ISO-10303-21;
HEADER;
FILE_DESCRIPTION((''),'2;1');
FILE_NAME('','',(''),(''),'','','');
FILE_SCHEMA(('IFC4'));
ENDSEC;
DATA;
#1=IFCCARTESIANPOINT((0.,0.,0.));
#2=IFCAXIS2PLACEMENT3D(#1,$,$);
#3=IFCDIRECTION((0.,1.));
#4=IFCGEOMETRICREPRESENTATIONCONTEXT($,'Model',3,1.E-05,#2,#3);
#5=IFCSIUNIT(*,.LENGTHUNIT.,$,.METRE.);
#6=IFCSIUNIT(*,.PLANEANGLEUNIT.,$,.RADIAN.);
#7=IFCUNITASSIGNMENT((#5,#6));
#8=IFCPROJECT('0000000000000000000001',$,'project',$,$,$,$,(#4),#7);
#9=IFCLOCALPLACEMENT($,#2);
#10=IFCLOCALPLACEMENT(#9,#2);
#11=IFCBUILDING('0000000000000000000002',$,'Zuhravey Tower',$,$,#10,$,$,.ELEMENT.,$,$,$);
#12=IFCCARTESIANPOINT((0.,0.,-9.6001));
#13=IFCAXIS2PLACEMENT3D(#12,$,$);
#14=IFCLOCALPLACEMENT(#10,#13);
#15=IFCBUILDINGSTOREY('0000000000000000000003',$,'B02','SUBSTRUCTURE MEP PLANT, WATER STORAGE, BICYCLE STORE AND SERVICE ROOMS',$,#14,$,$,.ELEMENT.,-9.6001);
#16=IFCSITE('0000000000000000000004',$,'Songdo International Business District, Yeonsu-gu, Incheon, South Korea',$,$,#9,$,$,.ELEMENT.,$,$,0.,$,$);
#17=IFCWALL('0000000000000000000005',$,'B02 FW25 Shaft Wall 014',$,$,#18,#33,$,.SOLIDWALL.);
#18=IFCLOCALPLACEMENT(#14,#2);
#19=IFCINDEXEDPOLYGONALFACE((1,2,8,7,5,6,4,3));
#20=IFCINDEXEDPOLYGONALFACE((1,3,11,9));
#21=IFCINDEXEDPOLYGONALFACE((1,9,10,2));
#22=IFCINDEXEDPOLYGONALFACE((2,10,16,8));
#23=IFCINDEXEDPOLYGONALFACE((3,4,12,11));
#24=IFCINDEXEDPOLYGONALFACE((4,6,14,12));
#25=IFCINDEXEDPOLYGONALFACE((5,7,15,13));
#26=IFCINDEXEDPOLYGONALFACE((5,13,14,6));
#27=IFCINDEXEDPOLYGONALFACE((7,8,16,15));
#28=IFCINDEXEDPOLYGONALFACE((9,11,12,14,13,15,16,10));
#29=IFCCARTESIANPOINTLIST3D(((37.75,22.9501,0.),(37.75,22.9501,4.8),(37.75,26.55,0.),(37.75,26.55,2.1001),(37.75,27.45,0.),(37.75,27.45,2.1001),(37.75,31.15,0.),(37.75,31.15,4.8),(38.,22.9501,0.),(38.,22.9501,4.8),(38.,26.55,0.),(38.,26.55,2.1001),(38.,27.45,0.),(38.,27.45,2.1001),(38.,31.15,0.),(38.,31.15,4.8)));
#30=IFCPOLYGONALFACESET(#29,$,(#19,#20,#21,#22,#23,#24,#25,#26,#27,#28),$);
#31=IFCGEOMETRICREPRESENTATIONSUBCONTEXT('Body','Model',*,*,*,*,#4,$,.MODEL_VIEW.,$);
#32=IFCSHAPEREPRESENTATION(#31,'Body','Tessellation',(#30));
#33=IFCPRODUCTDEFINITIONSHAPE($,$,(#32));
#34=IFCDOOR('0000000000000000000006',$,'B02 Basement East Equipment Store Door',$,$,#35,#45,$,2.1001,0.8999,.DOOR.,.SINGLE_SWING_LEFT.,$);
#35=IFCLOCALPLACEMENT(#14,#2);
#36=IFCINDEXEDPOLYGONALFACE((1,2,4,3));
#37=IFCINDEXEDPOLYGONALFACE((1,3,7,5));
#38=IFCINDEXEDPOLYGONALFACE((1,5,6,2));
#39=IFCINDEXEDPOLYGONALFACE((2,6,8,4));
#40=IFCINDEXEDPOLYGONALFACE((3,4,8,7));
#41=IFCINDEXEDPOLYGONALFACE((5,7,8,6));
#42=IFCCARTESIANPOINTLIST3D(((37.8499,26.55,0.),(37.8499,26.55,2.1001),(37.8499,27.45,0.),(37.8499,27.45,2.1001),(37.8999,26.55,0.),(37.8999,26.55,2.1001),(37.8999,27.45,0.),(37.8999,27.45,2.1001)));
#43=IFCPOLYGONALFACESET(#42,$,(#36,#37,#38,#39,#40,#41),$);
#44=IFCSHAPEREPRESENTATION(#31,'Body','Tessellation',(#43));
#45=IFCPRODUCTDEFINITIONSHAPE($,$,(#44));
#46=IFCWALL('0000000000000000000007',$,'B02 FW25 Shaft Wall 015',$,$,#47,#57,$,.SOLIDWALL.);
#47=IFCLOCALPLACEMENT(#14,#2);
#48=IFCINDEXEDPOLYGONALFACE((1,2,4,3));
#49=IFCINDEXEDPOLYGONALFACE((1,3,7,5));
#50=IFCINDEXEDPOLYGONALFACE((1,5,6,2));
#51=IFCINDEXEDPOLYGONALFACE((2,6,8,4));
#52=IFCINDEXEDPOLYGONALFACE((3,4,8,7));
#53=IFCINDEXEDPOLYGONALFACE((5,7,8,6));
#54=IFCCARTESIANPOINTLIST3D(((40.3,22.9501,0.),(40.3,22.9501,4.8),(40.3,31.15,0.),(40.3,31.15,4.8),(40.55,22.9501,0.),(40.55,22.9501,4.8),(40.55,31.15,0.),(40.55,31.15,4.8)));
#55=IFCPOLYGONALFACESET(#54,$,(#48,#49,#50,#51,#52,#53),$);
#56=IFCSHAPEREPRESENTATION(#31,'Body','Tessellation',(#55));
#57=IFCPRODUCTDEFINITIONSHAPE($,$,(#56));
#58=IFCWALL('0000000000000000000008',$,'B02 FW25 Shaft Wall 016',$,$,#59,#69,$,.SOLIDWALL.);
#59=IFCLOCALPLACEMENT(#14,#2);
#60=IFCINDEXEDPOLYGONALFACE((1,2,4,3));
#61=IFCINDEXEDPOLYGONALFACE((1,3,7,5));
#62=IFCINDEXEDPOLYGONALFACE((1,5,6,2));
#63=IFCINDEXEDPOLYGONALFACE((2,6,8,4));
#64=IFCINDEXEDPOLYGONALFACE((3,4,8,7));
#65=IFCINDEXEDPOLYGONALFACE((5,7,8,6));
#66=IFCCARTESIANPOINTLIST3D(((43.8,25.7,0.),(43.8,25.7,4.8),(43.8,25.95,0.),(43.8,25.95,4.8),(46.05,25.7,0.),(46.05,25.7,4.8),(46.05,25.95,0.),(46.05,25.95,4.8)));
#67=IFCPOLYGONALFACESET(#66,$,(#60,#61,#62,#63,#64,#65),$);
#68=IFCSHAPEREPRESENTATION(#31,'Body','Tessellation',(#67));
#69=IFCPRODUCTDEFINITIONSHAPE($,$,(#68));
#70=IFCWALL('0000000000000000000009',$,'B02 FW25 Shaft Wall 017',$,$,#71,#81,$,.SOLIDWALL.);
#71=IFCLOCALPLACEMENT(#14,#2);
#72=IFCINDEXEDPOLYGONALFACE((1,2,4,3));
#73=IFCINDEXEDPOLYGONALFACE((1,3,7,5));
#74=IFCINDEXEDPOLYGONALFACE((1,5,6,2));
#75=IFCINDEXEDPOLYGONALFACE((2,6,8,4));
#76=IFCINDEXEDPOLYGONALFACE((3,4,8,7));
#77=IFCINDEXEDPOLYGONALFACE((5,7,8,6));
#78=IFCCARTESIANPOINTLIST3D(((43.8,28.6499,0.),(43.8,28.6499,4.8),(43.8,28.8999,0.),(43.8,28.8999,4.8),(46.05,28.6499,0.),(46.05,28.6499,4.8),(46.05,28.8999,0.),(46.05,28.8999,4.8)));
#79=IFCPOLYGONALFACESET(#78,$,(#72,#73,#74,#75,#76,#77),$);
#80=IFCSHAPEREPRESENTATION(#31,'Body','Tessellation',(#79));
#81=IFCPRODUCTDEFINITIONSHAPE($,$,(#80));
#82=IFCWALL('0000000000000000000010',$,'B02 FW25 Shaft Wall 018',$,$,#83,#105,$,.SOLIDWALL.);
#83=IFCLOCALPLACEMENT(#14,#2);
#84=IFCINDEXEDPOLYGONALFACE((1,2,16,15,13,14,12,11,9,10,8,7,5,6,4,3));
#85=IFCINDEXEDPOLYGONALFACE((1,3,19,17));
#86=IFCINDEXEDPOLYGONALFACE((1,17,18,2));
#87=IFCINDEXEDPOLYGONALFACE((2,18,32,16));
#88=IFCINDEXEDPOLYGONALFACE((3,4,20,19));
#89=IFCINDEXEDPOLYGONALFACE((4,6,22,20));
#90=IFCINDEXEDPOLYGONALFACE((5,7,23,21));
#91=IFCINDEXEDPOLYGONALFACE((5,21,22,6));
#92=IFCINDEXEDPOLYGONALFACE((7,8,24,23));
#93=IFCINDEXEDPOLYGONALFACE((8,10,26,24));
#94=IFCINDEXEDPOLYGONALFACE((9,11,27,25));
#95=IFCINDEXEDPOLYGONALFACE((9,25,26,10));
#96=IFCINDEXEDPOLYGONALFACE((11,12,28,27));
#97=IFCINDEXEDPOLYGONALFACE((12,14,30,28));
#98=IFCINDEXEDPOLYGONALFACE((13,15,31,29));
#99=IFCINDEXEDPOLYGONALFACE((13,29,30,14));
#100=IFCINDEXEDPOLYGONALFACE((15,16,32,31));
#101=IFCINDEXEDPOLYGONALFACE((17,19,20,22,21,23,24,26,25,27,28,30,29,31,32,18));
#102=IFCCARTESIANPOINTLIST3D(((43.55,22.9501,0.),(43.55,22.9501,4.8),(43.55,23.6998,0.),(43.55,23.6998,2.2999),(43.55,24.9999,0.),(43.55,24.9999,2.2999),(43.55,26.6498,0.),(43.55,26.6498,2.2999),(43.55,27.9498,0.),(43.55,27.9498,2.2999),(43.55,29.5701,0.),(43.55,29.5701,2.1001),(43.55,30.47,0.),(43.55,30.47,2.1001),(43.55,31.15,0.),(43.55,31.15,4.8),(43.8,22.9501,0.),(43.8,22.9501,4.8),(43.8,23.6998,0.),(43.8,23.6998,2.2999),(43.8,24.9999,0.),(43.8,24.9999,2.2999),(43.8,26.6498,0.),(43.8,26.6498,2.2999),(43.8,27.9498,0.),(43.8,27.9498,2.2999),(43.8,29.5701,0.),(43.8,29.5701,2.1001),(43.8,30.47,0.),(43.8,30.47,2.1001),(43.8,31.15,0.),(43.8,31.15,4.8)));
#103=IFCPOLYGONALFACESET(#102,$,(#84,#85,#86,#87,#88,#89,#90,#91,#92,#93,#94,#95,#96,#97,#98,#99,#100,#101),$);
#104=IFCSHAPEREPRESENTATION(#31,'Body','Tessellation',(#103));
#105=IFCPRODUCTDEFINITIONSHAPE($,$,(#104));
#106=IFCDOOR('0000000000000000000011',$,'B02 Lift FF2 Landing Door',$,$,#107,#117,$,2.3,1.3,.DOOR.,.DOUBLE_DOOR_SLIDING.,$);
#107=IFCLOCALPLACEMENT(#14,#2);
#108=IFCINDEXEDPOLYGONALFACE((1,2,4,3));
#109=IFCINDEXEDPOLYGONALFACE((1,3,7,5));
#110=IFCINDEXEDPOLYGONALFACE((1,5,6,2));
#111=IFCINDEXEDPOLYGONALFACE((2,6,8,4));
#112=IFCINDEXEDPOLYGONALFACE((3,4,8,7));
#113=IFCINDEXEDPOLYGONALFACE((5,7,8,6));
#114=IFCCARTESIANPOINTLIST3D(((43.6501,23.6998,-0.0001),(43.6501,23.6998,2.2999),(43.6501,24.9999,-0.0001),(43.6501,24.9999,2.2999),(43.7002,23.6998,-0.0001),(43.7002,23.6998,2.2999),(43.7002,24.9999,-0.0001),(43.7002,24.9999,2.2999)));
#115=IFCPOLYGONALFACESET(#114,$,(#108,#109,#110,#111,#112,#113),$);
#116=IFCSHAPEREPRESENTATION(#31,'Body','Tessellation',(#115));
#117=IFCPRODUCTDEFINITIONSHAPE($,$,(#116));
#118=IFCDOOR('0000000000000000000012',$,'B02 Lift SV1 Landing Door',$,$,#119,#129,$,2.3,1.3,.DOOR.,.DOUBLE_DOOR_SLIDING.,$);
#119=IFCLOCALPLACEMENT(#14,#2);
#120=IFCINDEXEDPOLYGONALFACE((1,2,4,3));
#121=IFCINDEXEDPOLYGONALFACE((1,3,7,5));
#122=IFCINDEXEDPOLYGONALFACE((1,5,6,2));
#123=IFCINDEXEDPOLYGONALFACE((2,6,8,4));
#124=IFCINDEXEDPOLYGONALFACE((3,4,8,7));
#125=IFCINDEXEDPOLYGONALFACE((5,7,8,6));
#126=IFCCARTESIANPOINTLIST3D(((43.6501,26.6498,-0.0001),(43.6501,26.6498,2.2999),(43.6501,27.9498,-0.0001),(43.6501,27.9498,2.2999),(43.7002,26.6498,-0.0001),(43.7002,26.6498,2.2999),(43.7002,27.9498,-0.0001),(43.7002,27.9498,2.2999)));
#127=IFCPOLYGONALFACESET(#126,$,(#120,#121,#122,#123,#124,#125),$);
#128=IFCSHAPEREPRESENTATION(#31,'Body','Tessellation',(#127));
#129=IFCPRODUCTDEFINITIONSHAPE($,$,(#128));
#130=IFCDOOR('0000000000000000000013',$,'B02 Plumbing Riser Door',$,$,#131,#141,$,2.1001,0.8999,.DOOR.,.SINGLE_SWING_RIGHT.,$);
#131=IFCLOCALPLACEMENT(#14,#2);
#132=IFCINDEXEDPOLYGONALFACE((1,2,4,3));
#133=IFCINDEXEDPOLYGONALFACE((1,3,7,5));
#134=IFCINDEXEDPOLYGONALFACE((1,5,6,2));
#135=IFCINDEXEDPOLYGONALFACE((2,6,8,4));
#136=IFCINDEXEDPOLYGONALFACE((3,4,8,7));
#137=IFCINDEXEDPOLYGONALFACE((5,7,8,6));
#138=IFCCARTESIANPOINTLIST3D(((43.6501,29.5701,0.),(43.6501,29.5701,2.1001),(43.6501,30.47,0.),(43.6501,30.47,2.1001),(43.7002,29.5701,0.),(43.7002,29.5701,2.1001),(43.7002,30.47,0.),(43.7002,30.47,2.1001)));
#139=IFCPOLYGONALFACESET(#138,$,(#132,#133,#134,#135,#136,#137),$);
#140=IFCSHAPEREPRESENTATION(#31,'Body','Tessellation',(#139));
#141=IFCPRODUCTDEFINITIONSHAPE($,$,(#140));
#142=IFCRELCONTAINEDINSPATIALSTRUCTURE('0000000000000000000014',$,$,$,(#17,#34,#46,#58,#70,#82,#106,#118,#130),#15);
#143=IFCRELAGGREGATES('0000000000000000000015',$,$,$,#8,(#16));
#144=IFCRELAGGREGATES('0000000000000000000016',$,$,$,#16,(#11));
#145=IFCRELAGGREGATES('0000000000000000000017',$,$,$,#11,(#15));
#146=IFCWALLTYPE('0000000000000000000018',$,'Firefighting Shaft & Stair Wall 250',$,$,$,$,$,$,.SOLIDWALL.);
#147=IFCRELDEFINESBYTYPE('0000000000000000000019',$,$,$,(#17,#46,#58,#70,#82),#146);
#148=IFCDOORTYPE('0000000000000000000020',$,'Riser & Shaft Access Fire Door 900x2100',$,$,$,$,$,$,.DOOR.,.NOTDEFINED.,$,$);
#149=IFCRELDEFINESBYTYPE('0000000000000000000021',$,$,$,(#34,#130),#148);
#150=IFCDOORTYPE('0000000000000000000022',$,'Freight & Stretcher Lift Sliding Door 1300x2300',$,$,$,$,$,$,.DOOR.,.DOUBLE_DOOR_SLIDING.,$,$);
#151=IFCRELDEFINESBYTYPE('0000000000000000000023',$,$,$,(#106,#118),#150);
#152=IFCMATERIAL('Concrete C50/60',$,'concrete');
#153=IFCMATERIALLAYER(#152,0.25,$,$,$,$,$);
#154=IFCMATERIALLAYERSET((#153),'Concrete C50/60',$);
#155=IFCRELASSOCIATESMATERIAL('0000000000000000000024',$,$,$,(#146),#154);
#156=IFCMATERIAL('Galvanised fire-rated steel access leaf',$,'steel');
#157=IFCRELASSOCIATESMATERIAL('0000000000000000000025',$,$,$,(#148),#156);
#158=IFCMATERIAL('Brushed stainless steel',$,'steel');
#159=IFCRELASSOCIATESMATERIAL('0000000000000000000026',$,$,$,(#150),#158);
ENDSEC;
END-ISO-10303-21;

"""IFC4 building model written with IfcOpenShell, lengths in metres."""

from ifc_helpers import new_model, si_unit, direction, frame, frame_2d, origin, place, context, subcontext, project, spatial, rectangle, extrude, material, layer, layer_set, type_object, element, fill, save


model = new_model("IFC4")

# Units and contexts
model_context = context("Model", 3, precision=1e-05, world=origin(), true_north=direction((0.0, 1.0)))
body_context = subcontext(model_context, "Body", "Model", "MODEL_VIEW")
ifc_project = project(units=[si_unit("LENGTHUNIT", "METRE"), si_unit("PLANEANGLEUNIT", "RADIAN")], contexts=[model_context])

# Site, building, storey
site_placement = place(None, origin())
site = spatial("IfcSite", under=ifc_project, at=site_placement, Name="Songdo International Business District, Yeonsu-gu, Incheon, South Korea", CompositionType="ELEMENT", RefElevation=0.0)
building_placement = place(site_placement, origin())
building = spatial("IfcBuilding", under=site, at=building_placement, Name="Zuhravey Tower", CompositionType="ELEMENT")
storey_placement = place(building_placement, frame((0.0, 0.0, -9.6001)))
storey = spatial("IfcBuildingStorey", under=building, at=storey_placement, Name="B02", Description="SUBSTRUCTURE MEP PLANT, WATER STORAGE, BICYCLE STORE AND SERVICE ROOMS", CompositionType="ELEMENT", Elevation=-9.6001)

# Shared definitions
ifc_material_1 = material(Name="Concrete C50/60", Category="concrete")

# Shared definitions
ifc_layer = layer(ifc_material_1, 0.25)
ifc_layer_set = layer_set([ifc_layer], Name="Concrete C50/60")
wall_type = type_object("IfcWallType", Name="Firefighting Shaft & Stair Wall 250", PredefinedType="SOLIDWALL", material=ifc_layer_set)

# Shared definitions
ifc_material_2 = material(Name="Galvanised fire-rated steel access leaf", Category="steel")
door_type_1 = type_object("IfcDoorType", Name="Riser & Shaft Access Fire Door 900x2100", OperationType="NOTDEFINED", PredefinedType="DOOR", material=ifc_material_2)

# Wall, opening, door
wall_1_placement = place(storey_placement, frame((37.875, 22.95, 0.0), z_axis=(0.0, 0.0, 1.0), x_axis=(0.0, 1.0, 0.0)))
wall_1 = element("IfcWall", 1, at=wall_1_placement, inside=storey, type_object=wall_type, Name="B02 FW25 Shaft Wall 014", PredefinedType="SOLIDWALL", context=body_context, shape_type="SweptSolid", body=[
    extrude(rectangle(XDim=8.2, YDim=0.25, at=frame_2d((4.1001, 0.0))), origin(), (0.0, 0.0, 1.0), 4.8),
])
opening_1_placement = place(wall_1_placement, frame((3.6001, 0.0, 0.0)))
opening_1 = element("IfcOpeningElement", 2, at=opening_1_placement, cuts=wall_1, PredefinedType="OPENING", context=body_context, shape_type="SweptSolid", body=[
    extrude(rectangle(XDim=0.8999, YDim=2.1001, at=frame_2d((0.45, 1.05))), frame((0.0, 0.137, 0.0), z_axis=(0.0, -1.0, 0.0), x_axis=(1.0, 0.0, 0.0)), (0.0, 0.0, 1.0), 0.2739),
])
door_1_placement = place(opening_1_placement, frame((0.8999, 0.0, 0.0), z_axis=(0.0, 0.0, 1.0), x_axis=(-1.0, 0.0, 0.0)))
door_1 = element("IfcDoor", 3, at=door_1_placement, inside=storey, type_object=door_type_1, Name="B02 Basement East Equipment Store Door", OperationType="SINGLE_SWING_LEFT", OverallHeight=2.1001, OverallWidth=0.8999, PredefinedType="DOOR", context=body_context, shape_type="SweptSolid", body=[
    extrude(rectangle(XDim=0.8999, YDim=2.1001, at=frame_2d((0.45, 1.05))), frame((0.0, 0.0249, 0.0), z_axis=(0.0, -1.0, 0.0), x_axis=(1.0, 0.0, 0.0)), (0.0, 0.0, 1.0), 0.05),
])
fill(opening_1, door_1)

# Walls
wall_2_placement = place(storey_placement, frame((40.425, 22.95, 0.0), z_axis=(0.0, 0.0, 1.0), x_axis=(0.0, 1.0, 0.0)))
element("IfcWall", 4, at=wall_2_placement, inside=storey, type_object=wall_type, Name="B02 FW25 Shaft Wall 015", PredefinedType="SOLIDWALL", context=body_context, shape_type="SweptSolid", body=[
    extrude(rectangle(XDim=8.2, YDim=0.25, at=frame_2d((4.1001, 0.0))), origin(), (0.0, 0.0, 1.0), 4.8),
])
for number, where, z_axis, x_axis, name in (
    (5, (43.8, 25.825, 0.0), (0.0, 0.0, 1.0), (1.0, 0.0, 0.0), "B02 FW25 Shaft Wall 016"),
    (6, (43.8, 28.7749, 0.0), (0.0, 0.0, 1.0), (1.0, 0.0, 0.0), "B02 FW25 Shaft Wall 017"),
):
    element("IfcWall", number, at=place(storey_placement, frame(where, z_axis=z_axis, x_axis=x_axis)), inside=storey, type_object=wall_type, Name=name, PredefinedType="SOLIDWALL", context=body_context, shape_type="SweptSolid", body=[
        extrude(rectangle(XDim=2.25, YDim=0.25, at=frame_2d((1.125, 0.0))), origin(), (0.0, 0.0, 1.0), 4.8),
    ])

# Wall, openings, doors
wall_3_placement = place(storey_placement, frame((43.675, 22.95, 0.0), z_axis=(0.0, 0.0, 1.0), x_axis=(0.0, 1.0, 0.0)))
wall_3 = element("IfcWall", 7, at=wall_3_placement, inside=storey, type_object=wall_type, Name="B02 FW25 Shaft Wall 018", PredefinedType="SOLIDWALL", context=body_context, shape_type="SweptSolid", body=[
    extrude(rectangle(XDim=8.2, YDim=0.25, at=frame_2d((4.1001, 0.0))), origin(), (0.0, 0.0, 1.0), 4.8),
])
opening_2_placement = place(wall_3_placement, frame((0.75, 0.0, 0.0)))
opening_2 = element("IfcOpeningElement", 8, at=opening_2_placement, cuts=wall_3, PredefinedType="OPENING", context=body_context, shape_type="SweptSolid", body=[
    extrude(rectangle(XDim=1.3, YDim=2.3, at=frame_2d((0.6499, 1.1499))), frame((0.0, 0.137, 0.0), z_axis=(0.0, -1.0, 0.0), x_axis=(1.0, 0.0, 0.0)), (0.0, 0.0, 1.0), 0.2739),
])
opening_3_placement = place(wall_3_placement, frame((3.7, 0.0, 0.0)))
opening_3 = element("IfcOpeningElement", 9, at=opening_3_placement, cuts=wall_3, PredefinedType="OPENING", context=body_context, shape_type="SweptSolid", body=[
    extrude(rectangle(XDim=1.3, YDim=2.3, at=frame_2d((0.6499, 1.1499))), frame((0.0, 0.137, 0.0), z_axis=(0.0, -1.0, 0.0), x_axis=(1.0, 0.0, 0.0)), (0.0, 0.0, 1.0), 0.2739),
])
opening_4_placement = place(wall_3_placement, frame((6.6201, 0.0, 0.0)))
opening_4 = element("IfcOpeningElement", 10, at=opening_4_placement, cuts=wall_3, PredefinedType="OPENING", context=body_context, shape_type="SweptSolid", body=[
    extrude(rectangle(XDim=0.8999, YDim=2.1001, at=frame_2d((0.45, 1.05))), frame((0.0, 0.137, 0.0), z_axis=(0.0, -1.0, 0.0), x_axis=(1.0, 0.0, 0.0)), (0.0, 0.0, 1.0), 0.2739),
])
ifc_material_3 = material(Name="Brushed stainless steel", Category="steel")
door_type_2 = type_object("IfcDoorType", Name="Freight & Stretcher Lift Sliding Door 1300x2300", OperationType="DOUBLE_DOOR_SLIDING", PredefinedType="DOOR", material=ifc_material_3)
door_2_placement = place(opening_2_placement, origin())
door_2 = element("IfcDoor", 11, at=door_2_placement, inside=storey, type_object=door_type_2, Name="B02 Lift FF2 Landing Door", OperationType="DOUBLE_DOOR_SLIDING", OverallHeight=2.3, OverallWidth=1.3, PredefinedType="DOOR", context=body_context, shape_type="SweptSolid", body=[
    extrude(rectangle(XDim=1.3, YDim=2.3, at=frame_2d((0.6499, 1.1499))), frame((0.0, 0.0249, 0.0), z_axis=(0.0, -1.0, 0.0), x_axis=(1.0, 0.0, 0.0)), (0.0, 0.0, 1.0), 0.05),
])
fill(opening_2, door_2)
door_3_placement = place(opening_3_placement, origin())
door_3 = element("IfcDoor", 12, at=door_3_placement, inside=storey, type_object=door_type_2, Name="B02 Lift SV1 Landing Door", OperationType="DOUBLE_DOOR_SLIDING", OverallHeight=2.3, OverallWidth=1.3, PredefinedType="DOOR", context=body_context, shape_type="SweptSolid", body=[
    extrude(rectangle(XDim=1.3, YDim=2.3, at=frame_2d((0.6499, 1.1499))), frame((0.0, 0.0249, 0.0), z_axis=(0.0, -1.0, 0.0), x_axis=(1.0, 0.0, 0.0)), (0.0, 0.0, 1.0), 0.05),
])
fill(opening_3, door_3)
door_4_placement = place(opening_4_placement, origin())
door_4 = element("IfcDoor", 13, at=door_4_placement, inside=storey, type_object=door_type_1, Name="B02 Plumbing Riser Door", OperationType="SINGLE_SWING_RIGHT", OverallHeight=2.1001, OverallWidth=0.8999, PredefinedType="DOOR", context=body_context, shape_type="SweptSolid", body=[
    extrude(rectangle(XDim=0.8999, YDim=2.1001, at=frame_2d((0.45, 1.05))), frame((0.0, 0.0249, 0.0), z_axis=(0.0, -1.0, 0.0), x_axis=(1.0, 0.0, 0.0)), (0.0, 0.0, 1.0), 0.05),
])
fill(opening_4, door_4)

save(model, "model.ifc")
